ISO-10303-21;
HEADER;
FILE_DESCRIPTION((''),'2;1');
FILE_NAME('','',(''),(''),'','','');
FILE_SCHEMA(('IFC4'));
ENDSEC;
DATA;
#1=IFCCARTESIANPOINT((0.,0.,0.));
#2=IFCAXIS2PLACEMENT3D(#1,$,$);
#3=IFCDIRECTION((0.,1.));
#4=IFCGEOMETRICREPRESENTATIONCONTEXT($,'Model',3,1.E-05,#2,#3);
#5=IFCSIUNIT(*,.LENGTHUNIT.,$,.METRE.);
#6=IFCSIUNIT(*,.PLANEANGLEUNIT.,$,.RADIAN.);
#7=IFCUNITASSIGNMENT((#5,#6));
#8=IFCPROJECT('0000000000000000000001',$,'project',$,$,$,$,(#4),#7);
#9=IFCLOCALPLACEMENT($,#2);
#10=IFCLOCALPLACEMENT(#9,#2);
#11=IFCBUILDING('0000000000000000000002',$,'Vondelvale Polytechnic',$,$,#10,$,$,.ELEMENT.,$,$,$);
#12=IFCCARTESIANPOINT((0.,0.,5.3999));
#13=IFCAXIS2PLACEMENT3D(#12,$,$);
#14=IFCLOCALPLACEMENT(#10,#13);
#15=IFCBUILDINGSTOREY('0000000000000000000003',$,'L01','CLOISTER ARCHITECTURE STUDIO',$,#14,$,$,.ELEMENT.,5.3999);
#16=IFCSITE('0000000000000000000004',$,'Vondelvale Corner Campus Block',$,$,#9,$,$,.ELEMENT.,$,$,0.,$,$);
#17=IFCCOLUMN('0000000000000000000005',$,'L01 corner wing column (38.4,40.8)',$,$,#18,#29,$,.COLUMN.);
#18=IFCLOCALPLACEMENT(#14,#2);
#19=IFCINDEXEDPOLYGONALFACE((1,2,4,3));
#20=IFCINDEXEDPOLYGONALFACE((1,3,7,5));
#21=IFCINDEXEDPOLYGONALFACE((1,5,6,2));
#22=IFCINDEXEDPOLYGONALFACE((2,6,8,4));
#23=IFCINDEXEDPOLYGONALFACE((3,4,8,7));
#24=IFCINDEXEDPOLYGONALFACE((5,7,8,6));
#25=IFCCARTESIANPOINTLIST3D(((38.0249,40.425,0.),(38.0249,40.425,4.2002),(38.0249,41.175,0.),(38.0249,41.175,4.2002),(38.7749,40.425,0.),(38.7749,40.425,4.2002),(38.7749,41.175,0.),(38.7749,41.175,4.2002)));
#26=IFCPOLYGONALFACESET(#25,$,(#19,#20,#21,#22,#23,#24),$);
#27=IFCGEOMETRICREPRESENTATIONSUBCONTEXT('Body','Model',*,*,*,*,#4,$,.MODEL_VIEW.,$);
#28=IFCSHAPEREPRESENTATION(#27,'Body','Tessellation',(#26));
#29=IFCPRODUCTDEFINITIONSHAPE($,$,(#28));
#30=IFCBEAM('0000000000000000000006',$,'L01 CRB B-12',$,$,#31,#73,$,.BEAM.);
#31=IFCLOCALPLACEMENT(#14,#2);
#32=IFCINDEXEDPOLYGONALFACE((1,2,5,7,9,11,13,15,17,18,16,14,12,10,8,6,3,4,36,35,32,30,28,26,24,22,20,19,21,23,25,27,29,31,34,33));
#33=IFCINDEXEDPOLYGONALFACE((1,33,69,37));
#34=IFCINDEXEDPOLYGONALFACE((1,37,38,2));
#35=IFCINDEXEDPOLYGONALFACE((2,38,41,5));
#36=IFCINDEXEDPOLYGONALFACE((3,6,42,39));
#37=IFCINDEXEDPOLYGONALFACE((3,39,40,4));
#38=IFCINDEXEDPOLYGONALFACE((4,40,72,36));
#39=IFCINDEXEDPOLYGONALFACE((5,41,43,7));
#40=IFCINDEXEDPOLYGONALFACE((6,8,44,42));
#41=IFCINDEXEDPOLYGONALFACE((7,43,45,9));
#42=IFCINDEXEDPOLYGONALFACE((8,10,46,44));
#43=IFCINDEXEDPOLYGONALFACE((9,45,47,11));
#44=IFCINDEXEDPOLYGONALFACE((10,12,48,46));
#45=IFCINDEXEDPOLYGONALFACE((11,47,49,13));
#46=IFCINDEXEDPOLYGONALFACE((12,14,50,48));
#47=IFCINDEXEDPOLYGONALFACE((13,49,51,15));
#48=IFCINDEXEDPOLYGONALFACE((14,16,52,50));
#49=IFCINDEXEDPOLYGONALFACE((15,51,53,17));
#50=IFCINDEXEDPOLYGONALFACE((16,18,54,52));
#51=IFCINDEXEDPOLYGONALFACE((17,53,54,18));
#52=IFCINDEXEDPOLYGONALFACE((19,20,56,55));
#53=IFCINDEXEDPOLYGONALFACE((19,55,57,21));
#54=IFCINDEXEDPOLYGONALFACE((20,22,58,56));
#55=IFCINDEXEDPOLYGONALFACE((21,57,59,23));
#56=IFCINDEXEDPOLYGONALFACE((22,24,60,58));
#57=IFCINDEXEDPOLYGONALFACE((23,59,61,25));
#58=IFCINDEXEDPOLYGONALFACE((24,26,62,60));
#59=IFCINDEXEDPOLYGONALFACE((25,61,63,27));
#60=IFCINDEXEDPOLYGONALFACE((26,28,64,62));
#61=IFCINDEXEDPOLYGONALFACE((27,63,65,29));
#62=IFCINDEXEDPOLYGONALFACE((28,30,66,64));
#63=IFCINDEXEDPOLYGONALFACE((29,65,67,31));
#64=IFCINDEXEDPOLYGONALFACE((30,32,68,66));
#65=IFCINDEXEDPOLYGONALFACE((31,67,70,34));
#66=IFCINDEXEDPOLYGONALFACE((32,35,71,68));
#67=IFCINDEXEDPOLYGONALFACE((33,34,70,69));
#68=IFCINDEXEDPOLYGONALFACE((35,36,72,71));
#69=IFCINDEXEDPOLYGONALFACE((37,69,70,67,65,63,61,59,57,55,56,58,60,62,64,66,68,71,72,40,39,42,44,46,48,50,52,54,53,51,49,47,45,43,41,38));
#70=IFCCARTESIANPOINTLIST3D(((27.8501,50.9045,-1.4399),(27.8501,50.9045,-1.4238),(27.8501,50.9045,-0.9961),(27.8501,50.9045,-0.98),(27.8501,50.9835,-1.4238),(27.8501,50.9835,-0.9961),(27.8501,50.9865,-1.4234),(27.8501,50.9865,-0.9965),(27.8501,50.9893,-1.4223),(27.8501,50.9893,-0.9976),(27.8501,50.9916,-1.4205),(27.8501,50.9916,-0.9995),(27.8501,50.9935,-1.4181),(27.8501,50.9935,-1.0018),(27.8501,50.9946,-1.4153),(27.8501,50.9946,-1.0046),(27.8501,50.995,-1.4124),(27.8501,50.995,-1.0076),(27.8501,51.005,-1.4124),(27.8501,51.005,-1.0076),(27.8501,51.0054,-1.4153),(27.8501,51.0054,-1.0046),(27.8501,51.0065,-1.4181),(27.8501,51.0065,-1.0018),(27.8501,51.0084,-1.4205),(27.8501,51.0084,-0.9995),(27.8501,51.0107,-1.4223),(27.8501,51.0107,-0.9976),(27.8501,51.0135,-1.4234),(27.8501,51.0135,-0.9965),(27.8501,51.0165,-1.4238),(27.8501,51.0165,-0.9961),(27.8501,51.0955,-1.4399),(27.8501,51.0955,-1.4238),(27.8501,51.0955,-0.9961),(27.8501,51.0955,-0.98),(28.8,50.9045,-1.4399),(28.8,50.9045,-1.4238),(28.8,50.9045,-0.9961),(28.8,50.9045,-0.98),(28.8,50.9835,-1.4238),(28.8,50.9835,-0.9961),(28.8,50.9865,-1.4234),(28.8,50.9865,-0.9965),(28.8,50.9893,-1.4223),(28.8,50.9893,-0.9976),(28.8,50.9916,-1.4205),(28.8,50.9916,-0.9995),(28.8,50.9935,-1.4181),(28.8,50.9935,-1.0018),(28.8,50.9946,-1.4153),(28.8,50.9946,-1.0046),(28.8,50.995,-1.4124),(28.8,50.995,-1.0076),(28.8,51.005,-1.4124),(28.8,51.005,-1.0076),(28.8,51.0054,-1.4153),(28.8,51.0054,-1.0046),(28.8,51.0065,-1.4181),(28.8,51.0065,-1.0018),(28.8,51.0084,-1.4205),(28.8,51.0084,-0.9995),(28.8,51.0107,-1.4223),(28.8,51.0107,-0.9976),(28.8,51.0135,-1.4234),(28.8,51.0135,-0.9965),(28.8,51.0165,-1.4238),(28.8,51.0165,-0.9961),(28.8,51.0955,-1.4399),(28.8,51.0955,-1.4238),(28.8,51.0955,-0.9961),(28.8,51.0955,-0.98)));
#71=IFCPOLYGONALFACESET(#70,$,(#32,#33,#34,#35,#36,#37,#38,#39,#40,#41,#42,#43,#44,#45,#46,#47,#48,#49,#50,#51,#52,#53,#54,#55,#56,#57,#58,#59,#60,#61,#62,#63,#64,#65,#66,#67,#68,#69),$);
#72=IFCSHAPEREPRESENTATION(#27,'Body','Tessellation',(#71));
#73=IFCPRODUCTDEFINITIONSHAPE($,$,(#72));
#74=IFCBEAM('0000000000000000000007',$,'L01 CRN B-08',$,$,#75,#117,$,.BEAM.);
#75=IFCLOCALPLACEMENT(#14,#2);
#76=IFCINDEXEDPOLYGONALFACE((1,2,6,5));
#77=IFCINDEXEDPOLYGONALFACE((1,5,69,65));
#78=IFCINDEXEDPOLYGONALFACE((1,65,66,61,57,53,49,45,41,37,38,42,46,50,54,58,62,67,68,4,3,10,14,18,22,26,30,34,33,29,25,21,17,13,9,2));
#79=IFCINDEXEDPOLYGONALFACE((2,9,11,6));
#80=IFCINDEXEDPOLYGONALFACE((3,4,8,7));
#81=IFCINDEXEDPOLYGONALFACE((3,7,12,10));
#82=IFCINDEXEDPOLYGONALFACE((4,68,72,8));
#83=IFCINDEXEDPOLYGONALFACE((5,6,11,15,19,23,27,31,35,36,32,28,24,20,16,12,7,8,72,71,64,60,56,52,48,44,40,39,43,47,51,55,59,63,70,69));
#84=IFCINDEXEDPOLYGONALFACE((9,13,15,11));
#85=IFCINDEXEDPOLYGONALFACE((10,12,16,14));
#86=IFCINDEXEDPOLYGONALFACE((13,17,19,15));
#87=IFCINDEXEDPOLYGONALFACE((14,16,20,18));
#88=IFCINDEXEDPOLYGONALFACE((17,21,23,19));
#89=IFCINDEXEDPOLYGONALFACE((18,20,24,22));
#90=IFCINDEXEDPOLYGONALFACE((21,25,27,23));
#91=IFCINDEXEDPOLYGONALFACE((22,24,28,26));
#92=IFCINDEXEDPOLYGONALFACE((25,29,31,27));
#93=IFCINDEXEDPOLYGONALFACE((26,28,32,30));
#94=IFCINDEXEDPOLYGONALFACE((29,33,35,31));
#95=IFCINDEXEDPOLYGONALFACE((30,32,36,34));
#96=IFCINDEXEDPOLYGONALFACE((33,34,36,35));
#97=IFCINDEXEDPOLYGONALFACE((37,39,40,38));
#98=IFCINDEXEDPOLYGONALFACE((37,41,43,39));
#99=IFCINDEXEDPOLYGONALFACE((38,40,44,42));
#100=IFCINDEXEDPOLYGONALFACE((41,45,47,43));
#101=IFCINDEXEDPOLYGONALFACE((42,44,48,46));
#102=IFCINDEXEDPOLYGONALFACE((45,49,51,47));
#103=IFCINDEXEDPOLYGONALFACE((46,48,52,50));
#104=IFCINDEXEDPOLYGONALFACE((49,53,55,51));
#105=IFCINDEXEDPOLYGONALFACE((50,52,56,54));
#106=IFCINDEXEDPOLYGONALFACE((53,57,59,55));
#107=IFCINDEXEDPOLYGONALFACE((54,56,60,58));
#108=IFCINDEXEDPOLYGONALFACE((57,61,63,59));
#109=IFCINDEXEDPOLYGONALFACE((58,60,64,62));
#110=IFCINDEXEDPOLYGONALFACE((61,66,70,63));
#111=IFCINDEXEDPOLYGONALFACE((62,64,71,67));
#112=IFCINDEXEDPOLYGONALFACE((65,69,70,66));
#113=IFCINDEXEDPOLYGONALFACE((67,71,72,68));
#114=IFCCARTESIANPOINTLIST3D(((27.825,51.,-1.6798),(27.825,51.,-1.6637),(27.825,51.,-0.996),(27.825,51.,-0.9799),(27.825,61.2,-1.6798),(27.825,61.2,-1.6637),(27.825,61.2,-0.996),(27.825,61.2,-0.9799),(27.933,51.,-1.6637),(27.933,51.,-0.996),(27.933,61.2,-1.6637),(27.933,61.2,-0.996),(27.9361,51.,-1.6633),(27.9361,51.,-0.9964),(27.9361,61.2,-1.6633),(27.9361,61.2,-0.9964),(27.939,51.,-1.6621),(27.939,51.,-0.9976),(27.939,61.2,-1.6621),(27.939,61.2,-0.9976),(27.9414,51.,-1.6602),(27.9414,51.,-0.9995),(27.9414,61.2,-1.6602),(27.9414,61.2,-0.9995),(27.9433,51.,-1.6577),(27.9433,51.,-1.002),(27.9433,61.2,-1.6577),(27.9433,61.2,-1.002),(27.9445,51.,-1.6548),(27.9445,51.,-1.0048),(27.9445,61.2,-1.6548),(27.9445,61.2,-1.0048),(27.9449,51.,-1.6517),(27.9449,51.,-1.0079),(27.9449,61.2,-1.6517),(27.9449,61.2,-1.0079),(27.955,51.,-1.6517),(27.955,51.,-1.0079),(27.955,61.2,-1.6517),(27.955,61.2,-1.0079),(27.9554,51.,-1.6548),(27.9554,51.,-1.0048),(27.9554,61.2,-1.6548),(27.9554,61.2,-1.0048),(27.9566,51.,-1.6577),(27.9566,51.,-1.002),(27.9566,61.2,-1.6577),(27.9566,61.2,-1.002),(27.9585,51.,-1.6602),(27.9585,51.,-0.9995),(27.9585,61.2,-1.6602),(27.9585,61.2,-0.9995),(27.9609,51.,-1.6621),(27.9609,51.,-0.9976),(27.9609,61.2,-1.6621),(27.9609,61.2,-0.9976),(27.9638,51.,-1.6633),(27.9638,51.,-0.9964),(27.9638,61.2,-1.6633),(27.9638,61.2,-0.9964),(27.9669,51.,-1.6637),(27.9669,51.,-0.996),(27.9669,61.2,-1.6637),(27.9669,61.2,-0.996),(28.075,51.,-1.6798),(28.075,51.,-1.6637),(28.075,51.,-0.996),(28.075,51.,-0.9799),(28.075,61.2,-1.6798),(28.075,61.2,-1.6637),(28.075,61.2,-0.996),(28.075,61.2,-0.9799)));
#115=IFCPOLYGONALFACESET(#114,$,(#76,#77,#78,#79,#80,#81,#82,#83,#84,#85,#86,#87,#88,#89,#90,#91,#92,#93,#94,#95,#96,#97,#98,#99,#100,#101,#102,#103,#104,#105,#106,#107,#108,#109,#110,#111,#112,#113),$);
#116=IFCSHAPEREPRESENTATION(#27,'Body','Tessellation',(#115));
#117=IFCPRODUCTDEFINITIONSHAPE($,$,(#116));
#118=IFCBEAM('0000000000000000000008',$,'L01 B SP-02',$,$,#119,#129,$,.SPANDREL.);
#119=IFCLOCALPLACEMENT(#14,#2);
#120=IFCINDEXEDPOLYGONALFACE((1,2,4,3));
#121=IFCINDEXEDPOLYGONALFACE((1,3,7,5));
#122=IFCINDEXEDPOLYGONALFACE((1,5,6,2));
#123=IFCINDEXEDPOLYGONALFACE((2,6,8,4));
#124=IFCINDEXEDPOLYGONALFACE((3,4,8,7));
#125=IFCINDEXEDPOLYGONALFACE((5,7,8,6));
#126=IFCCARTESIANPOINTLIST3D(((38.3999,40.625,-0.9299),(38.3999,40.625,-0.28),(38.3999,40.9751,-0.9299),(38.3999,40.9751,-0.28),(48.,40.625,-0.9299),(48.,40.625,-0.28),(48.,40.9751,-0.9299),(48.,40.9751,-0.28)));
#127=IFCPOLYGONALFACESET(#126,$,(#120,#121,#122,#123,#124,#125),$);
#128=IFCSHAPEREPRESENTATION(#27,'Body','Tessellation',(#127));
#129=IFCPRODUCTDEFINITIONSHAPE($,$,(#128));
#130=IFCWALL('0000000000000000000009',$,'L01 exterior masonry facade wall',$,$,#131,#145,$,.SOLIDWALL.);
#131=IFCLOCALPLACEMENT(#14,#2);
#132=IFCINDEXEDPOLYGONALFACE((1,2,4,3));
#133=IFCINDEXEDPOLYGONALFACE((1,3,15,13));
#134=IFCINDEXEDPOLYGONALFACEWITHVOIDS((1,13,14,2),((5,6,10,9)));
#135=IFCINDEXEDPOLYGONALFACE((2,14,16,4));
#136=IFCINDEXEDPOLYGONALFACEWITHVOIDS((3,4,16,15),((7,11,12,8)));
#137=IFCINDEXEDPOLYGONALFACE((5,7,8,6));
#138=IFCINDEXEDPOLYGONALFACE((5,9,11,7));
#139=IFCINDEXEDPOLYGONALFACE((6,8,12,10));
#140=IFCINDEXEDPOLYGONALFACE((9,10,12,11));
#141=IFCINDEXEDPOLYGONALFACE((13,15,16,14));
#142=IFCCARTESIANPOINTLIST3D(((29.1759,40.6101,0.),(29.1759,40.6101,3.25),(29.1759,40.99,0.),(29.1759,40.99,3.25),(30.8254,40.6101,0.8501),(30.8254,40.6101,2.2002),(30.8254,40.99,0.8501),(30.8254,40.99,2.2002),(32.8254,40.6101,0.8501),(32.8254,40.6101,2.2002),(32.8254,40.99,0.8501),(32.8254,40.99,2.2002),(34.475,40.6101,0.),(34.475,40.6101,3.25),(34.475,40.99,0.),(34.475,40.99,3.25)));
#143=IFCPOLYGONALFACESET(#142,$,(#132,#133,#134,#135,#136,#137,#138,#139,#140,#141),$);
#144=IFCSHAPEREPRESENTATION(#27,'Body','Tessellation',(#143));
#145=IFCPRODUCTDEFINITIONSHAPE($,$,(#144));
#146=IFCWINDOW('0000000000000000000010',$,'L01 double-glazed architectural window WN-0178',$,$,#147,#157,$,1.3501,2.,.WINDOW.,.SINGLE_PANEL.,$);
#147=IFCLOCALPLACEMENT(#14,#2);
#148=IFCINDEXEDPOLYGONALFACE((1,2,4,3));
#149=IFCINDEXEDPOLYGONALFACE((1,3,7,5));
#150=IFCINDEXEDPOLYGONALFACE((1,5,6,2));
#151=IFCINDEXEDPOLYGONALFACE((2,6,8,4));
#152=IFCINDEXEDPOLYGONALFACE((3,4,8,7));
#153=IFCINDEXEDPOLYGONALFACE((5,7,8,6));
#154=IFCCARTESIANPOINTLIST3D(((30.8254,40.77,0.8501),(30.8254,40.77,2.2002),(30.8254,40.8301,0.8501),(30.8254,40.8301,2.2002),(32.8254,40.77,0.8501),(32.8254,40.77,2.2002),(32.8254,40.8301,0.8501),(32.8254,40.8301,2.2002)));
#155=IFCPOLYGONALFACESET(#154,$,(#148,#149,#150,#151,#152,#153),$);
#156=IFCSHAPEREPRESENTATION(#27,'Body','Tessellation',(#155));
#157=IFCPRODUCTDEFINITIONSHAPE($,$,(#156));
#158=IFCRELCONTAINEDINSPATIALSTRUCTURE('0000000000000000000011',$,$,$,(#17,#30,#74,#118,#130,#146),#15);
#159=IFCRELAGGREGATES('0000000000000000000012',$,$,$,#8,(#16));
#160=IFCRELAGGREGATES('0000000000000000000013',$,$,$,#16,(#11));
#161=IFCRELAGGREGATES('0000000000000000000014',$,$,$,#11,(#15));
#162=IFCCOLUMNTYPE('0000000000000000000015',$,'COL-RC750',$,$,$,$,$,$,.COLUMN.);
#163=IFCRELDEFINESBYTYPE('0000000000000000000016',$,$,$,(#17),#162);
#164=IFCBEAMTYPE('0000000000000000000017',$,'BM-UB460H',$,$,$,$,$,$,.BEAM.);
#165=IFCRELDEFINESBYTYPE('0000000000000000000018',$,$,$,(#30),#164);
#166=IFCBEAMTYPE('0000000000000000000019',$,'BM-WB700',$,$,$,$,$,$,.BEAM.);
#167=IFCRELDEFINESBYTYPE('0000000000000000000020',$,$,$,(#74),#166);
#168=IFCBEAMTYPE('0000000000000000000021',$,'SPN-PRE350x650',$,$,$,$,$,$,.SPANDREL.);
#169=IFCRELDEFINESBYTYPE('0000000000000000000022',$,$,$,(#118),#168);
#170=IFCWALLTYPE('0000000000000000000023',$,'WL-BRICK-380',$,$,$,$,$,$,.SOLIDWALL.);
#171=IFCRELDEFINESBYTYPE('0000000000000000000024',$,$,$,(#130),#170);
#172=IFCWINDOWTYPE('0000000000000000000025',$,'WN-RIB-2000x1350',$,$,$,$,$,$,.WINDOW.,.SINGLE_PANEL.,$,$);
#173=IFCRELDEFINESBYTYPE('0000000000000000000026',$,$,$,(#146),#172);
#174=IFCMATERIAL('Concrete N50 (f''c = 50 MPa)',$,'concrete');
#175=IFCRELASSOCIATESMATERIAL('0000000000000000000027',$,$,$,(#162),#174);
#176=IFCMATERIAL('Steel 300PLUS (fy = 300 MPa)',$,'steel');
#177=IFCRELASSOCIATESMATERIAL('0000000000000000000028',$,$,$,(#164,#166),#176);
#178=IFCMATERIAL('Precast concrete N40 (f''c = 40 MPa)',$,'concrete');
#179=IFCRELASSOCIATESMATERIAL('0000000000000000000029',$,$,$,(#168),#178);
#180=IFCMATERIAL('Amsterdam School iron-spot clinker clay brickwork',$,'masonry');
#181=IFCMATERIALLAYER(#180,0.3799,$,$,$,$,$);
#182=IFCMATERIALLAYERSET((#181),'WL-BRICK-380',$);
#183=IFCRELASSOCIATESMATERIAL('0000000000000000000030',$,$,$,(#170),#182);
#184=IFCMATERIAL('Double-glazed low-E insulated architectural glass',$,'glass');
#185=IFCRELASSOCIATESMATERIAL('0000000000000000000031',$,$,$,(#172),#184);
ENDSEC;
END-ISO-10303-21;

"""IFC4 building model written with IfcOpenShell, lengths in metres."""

from ifc_helpers import new_model, si_unit, direction, frame, frame_2d, origin, origin_2d, place, context, subcontext, project, spatial, rectangle, i_section, extrude, material, layer, layer_set, material_profile, profile_set, type_object, element, fill, save


model = new_model("IFC4")

# Units and contexts
model_context = context("Model", 3, precision=1e-05, world=origin(), true_north=direction((0.0, 1.0)))
body_context = subcontext(model_context, "Body", "Model", "MODEL_VIEW")
ifc_project = project(units=[si_unit("LENGTHUNIT", "METRE"), si_unit("PLANEANGLEUNIT", "RADIAN")], contexts=[model_context])

# Site, building, storey
site_placement = place(None, origin())
site = spatial("IfcSite", under=ifc_project, at=site_placement, Name="Vondelvale Corner Campus Block", CompositionType="ELEMENT", RefElevation=0.0)
building_placement = place(site_placement, origin())
building = spatial("IfcBuilding", under=site, at=building_placement, Name="Vondelvale Polytechnic", CompositionType="ELEMENT")
storey_placement = place(building_placement, frame((0.0, 0.0, 5.3999)))
storey = spatial("IfcBuildingStorey", under=building, at=storey_placement, Name="L01", Description="CLOISTER ARCHITECTURE STUDIO", CompositionType="ELEMENT", Elevation=5.3999)

# Column
ifc_material_1 = material(Name="Concrete N50 (f'c = 50 MPa)", Category="concrete")
ifc_material_profile_1 = material_profile(ifc_material_1, rectangle(XDim=0.75, YDim=0.75, at=origin_2d()), Name="RC-COL-750x750")
ifc_profile_set_1 = profile_set([ifc_material_profile_1], Name="Concrete N50 (f'c = 50 MPa)")
column_type = type_object("IfcColumnType", Name="COL-RC750", PredefinedType="COLUMN", material=ifc_profile_set_1)
column_placement = place(storey_placement, frame((38.3999, 40.8, 0.0), z_axis=(0.0, 0.0, 1.0), x_axis=(1.0, 0.0, 0.0)))
element("IfcColumn", 1, at=column_placement, inside=storey, type_object=column_type, Name="L01 corner wing column (38.4,40.8)", PredefinedType="COLUMN", context=body_context, shape_type="SweptSolid", body=[
    extrude(rectangle(XDim=0.75, YDim=0.75, at=origin_2d()), origin(), (0.0, 0.0, 1.0), 4.2002),
])

# Beams
ifc_material_2 = material(Name="Steel 300PLUS (fy = 300 MPa)", Category="steel")
ifc_material_profile_2 = material_profile(ifc_material_2, i_section(OverallWidth=0.1909, OverallDepth=0.46, WebThickness=0.01, FlangeThickness=0.0161, FilletRadius=0.0115, at=origin_2d()), Name="460UB82.1")
ifc_profile_set_2 = profile_set([ifc_material_profile_2], Name="Steel 300PLUS (fy = 300 MPa)")
beam_type_1 = type_object("IfcBeamType", Name="BM-UB460H", PredefinedType="BEAM", material=ifc_profile_set_2)
beam_1_placement = place(storey_placement, frame((27.8501, 51.0, -1.21), z_axis=(1.0, 0.0, 0.0), x_axis=(0.0, 1.0, 0.0)))
element("IfcBeam", 2, at=beam_1_placement, inside=storey, type_object=beam_type_1, Name="L01 CRB B-12", PredefinedType="BEAM", context=body_context, shape_type="SweptSolid", body=[
    extrude(i_section(OverallWidth=0.1909, OverallDepth=0.46, WebThickness=0.01, FlangeThickness=0.0161, FilletRadius=0.0115, at=origin_2d()), origin(), (0.0, 0.0, 1.0), 0.95),
])
ifc_material_profile_3 = material_profile(ifc_material_2, i_section(OverallWidth=0.25, OverallDepth=0.7, WebThickness=0.01, FlangeThickness=0.0161, FilletRadius=0.012, at=origin_2d()), Name="700WB130")
ifc_profile_set_3 = profile_set([ifc_material_profile_3], Name="Steel 300PLUS (fy = 300 MPa)")
beam_type_2 = type_object("IfcBeamType", Name="BM-WB700", PredefinedType="BEAM", material=ifc_profile_set_3)
beam_2_placement = place(storey_placement, frame((27.95, 51.0, -1.3298), z_axis=(0.0, 1.0, 0.0), x_axis=(-1.0, 0.0, 0.0)))
element("IfcBeam", 3, at=beam_2_placement, inside=storey, type_object=beam_type_2, Name="L01 CRN B-08", PredefinedType="BEAM", context=body_context, shape_type="SweptSolid", body=[
    extrude(i_section(OverallWidth=0.25, OverallDepth=0.7, WebThickness=0.01, FlangeThickness=0.0161, FilletRadius=0.012, at=origin_2d()), origin(), (0.0, 0.0, 1.0), 10.2),
])
ifc_material_3 = material(Name="Precast concrete N40 (f'c = 40 MPa)", Category="concrete")
ifc_material_profile_4 = material_profile(ifc_material_3, rectangle(XDim=0.3501, YDim=0.6499, at=origin_2d()), Name="RC-SPN-350x650")
ifc_profile_set_4 = profile_set([ifc_material_profile_4], Name="Precast concrete N40 (f'c = 40 MPa)")
beam_type_3 = type_object("IfcBeamType", Name="SPN-PRE350x650", PredefinedType="SPANDREL", material=ifc_profile_set_4)
beam_3_placement = place(storey_placement, frame((38.3999, 40.8, -0.605), z_axis=(1.0, 0.0, 0.0), x_axis=(0.0, 1.0, 0.0)))
element("IfcBeam", 4, at=beam_3_placement, inside=storey, type_object=beam_type_3, Name="L01 B SP-02", PredefinedType="SPANDREL", context=body_context, shape_type="SweptSolid", body=[
    extrude(rectangle(XDim=0.3501, YDim=0.6499, at=origin_2d()), origin(), (0.0, 0.0, 1.0), 9.6001),
])

# Wall, opening, window
ifc_material_4 = material(Name="Amsterdam School iron-spot clinker clay brickwork", Category="masonry")
ifc_layer_1 = layer(ifc_material_4, 0.3799)
ifc_layer_set_1 = layer_set([ifc_layer_1], Name="WL-BRICK-380")
wall_type = type_object("IfcWallType", Name="WL-BRICK-380", PredefinedType="SOLIDWALL", material=ifc_layer_set_1)
wall_1_placement = place(storey_placement, frame((29.176, 40.8, 0.0), z_axis=(0.0, 0.0, 1.0), x_axis=(1.0, 0.0, 0.0)))
wall_1 = element("IfcWall", 5, at=wall_1_placement, inside=storey, type_object=wall_type, Name="L01 exterior masonry facade wall", PredefinedType="SOLIDWALL", context=body_context, shape_type="SweptSolid", body=[
    extrude(rectangle(XDim=5.2991, YDim=0.3799, at=frame_2d((2.6494, 0.0))), origin(), (0.0, 0.0, 1.0), 3.25),
])
opening_1_placement = place(wall_1_placement, frame((1.6494, 0.0, 0.8501)))
opening_1 = element("IfcOpeningElement", 6, at=opening_1_placement, cuts=wall_1, PredefinedType="OPENING", context=body_context, shape_type="SweptSolid", body=[
    extrude(rectangle(XDim=2.0, YDim=1.3501, at=frame_2d((1.0, 0.675))), frame((0.0, 0.2, 0.0), z_axis=(0.0, -1.0, 0.0), x_axis=(1.0, 0.0, 0.0)), (0.0, 0.0, 1.0), 0.3999),
])
ifc_material_5 = material(Name="Double-glazed low-E insulated architectural glass", Category="glass")
window_type_1 = type_object("IfcWindowType", Name="WN-RIB-2000x1350", PartitioningType="SINGLE_PANEL", PredefinedType="WINDOW", material=ifc_material_5)
window_1_placement = place(opening_1_placement, origin())
window_1 = element("IfcWindow", 7, at=window_1_placement, inside=storey, type_object=window_type_1, Name="L01 double-glazed architectural window WN-0178", OverallHeight=1.3501, OverallWidth=2.0, PartitioningType="SINGLE_PANEL", PredefinedType="WINDOW", context=body_context, shape_type="SweptSolid", body=[
    extrude(rectangle(XDim=2.0, YDim=1.3501, at=frame_2d((1.0, 0.675))), frame((0.0, 0.03, 0.0), z_axis=(0.0, -1.0, 0.0), x_axis=(1.0, 0.0, 0.0)), (0.0, 0.0, 1.0), 0.0601),
])
fill(opening_1, window_1)

save(model, "model.ifc")
